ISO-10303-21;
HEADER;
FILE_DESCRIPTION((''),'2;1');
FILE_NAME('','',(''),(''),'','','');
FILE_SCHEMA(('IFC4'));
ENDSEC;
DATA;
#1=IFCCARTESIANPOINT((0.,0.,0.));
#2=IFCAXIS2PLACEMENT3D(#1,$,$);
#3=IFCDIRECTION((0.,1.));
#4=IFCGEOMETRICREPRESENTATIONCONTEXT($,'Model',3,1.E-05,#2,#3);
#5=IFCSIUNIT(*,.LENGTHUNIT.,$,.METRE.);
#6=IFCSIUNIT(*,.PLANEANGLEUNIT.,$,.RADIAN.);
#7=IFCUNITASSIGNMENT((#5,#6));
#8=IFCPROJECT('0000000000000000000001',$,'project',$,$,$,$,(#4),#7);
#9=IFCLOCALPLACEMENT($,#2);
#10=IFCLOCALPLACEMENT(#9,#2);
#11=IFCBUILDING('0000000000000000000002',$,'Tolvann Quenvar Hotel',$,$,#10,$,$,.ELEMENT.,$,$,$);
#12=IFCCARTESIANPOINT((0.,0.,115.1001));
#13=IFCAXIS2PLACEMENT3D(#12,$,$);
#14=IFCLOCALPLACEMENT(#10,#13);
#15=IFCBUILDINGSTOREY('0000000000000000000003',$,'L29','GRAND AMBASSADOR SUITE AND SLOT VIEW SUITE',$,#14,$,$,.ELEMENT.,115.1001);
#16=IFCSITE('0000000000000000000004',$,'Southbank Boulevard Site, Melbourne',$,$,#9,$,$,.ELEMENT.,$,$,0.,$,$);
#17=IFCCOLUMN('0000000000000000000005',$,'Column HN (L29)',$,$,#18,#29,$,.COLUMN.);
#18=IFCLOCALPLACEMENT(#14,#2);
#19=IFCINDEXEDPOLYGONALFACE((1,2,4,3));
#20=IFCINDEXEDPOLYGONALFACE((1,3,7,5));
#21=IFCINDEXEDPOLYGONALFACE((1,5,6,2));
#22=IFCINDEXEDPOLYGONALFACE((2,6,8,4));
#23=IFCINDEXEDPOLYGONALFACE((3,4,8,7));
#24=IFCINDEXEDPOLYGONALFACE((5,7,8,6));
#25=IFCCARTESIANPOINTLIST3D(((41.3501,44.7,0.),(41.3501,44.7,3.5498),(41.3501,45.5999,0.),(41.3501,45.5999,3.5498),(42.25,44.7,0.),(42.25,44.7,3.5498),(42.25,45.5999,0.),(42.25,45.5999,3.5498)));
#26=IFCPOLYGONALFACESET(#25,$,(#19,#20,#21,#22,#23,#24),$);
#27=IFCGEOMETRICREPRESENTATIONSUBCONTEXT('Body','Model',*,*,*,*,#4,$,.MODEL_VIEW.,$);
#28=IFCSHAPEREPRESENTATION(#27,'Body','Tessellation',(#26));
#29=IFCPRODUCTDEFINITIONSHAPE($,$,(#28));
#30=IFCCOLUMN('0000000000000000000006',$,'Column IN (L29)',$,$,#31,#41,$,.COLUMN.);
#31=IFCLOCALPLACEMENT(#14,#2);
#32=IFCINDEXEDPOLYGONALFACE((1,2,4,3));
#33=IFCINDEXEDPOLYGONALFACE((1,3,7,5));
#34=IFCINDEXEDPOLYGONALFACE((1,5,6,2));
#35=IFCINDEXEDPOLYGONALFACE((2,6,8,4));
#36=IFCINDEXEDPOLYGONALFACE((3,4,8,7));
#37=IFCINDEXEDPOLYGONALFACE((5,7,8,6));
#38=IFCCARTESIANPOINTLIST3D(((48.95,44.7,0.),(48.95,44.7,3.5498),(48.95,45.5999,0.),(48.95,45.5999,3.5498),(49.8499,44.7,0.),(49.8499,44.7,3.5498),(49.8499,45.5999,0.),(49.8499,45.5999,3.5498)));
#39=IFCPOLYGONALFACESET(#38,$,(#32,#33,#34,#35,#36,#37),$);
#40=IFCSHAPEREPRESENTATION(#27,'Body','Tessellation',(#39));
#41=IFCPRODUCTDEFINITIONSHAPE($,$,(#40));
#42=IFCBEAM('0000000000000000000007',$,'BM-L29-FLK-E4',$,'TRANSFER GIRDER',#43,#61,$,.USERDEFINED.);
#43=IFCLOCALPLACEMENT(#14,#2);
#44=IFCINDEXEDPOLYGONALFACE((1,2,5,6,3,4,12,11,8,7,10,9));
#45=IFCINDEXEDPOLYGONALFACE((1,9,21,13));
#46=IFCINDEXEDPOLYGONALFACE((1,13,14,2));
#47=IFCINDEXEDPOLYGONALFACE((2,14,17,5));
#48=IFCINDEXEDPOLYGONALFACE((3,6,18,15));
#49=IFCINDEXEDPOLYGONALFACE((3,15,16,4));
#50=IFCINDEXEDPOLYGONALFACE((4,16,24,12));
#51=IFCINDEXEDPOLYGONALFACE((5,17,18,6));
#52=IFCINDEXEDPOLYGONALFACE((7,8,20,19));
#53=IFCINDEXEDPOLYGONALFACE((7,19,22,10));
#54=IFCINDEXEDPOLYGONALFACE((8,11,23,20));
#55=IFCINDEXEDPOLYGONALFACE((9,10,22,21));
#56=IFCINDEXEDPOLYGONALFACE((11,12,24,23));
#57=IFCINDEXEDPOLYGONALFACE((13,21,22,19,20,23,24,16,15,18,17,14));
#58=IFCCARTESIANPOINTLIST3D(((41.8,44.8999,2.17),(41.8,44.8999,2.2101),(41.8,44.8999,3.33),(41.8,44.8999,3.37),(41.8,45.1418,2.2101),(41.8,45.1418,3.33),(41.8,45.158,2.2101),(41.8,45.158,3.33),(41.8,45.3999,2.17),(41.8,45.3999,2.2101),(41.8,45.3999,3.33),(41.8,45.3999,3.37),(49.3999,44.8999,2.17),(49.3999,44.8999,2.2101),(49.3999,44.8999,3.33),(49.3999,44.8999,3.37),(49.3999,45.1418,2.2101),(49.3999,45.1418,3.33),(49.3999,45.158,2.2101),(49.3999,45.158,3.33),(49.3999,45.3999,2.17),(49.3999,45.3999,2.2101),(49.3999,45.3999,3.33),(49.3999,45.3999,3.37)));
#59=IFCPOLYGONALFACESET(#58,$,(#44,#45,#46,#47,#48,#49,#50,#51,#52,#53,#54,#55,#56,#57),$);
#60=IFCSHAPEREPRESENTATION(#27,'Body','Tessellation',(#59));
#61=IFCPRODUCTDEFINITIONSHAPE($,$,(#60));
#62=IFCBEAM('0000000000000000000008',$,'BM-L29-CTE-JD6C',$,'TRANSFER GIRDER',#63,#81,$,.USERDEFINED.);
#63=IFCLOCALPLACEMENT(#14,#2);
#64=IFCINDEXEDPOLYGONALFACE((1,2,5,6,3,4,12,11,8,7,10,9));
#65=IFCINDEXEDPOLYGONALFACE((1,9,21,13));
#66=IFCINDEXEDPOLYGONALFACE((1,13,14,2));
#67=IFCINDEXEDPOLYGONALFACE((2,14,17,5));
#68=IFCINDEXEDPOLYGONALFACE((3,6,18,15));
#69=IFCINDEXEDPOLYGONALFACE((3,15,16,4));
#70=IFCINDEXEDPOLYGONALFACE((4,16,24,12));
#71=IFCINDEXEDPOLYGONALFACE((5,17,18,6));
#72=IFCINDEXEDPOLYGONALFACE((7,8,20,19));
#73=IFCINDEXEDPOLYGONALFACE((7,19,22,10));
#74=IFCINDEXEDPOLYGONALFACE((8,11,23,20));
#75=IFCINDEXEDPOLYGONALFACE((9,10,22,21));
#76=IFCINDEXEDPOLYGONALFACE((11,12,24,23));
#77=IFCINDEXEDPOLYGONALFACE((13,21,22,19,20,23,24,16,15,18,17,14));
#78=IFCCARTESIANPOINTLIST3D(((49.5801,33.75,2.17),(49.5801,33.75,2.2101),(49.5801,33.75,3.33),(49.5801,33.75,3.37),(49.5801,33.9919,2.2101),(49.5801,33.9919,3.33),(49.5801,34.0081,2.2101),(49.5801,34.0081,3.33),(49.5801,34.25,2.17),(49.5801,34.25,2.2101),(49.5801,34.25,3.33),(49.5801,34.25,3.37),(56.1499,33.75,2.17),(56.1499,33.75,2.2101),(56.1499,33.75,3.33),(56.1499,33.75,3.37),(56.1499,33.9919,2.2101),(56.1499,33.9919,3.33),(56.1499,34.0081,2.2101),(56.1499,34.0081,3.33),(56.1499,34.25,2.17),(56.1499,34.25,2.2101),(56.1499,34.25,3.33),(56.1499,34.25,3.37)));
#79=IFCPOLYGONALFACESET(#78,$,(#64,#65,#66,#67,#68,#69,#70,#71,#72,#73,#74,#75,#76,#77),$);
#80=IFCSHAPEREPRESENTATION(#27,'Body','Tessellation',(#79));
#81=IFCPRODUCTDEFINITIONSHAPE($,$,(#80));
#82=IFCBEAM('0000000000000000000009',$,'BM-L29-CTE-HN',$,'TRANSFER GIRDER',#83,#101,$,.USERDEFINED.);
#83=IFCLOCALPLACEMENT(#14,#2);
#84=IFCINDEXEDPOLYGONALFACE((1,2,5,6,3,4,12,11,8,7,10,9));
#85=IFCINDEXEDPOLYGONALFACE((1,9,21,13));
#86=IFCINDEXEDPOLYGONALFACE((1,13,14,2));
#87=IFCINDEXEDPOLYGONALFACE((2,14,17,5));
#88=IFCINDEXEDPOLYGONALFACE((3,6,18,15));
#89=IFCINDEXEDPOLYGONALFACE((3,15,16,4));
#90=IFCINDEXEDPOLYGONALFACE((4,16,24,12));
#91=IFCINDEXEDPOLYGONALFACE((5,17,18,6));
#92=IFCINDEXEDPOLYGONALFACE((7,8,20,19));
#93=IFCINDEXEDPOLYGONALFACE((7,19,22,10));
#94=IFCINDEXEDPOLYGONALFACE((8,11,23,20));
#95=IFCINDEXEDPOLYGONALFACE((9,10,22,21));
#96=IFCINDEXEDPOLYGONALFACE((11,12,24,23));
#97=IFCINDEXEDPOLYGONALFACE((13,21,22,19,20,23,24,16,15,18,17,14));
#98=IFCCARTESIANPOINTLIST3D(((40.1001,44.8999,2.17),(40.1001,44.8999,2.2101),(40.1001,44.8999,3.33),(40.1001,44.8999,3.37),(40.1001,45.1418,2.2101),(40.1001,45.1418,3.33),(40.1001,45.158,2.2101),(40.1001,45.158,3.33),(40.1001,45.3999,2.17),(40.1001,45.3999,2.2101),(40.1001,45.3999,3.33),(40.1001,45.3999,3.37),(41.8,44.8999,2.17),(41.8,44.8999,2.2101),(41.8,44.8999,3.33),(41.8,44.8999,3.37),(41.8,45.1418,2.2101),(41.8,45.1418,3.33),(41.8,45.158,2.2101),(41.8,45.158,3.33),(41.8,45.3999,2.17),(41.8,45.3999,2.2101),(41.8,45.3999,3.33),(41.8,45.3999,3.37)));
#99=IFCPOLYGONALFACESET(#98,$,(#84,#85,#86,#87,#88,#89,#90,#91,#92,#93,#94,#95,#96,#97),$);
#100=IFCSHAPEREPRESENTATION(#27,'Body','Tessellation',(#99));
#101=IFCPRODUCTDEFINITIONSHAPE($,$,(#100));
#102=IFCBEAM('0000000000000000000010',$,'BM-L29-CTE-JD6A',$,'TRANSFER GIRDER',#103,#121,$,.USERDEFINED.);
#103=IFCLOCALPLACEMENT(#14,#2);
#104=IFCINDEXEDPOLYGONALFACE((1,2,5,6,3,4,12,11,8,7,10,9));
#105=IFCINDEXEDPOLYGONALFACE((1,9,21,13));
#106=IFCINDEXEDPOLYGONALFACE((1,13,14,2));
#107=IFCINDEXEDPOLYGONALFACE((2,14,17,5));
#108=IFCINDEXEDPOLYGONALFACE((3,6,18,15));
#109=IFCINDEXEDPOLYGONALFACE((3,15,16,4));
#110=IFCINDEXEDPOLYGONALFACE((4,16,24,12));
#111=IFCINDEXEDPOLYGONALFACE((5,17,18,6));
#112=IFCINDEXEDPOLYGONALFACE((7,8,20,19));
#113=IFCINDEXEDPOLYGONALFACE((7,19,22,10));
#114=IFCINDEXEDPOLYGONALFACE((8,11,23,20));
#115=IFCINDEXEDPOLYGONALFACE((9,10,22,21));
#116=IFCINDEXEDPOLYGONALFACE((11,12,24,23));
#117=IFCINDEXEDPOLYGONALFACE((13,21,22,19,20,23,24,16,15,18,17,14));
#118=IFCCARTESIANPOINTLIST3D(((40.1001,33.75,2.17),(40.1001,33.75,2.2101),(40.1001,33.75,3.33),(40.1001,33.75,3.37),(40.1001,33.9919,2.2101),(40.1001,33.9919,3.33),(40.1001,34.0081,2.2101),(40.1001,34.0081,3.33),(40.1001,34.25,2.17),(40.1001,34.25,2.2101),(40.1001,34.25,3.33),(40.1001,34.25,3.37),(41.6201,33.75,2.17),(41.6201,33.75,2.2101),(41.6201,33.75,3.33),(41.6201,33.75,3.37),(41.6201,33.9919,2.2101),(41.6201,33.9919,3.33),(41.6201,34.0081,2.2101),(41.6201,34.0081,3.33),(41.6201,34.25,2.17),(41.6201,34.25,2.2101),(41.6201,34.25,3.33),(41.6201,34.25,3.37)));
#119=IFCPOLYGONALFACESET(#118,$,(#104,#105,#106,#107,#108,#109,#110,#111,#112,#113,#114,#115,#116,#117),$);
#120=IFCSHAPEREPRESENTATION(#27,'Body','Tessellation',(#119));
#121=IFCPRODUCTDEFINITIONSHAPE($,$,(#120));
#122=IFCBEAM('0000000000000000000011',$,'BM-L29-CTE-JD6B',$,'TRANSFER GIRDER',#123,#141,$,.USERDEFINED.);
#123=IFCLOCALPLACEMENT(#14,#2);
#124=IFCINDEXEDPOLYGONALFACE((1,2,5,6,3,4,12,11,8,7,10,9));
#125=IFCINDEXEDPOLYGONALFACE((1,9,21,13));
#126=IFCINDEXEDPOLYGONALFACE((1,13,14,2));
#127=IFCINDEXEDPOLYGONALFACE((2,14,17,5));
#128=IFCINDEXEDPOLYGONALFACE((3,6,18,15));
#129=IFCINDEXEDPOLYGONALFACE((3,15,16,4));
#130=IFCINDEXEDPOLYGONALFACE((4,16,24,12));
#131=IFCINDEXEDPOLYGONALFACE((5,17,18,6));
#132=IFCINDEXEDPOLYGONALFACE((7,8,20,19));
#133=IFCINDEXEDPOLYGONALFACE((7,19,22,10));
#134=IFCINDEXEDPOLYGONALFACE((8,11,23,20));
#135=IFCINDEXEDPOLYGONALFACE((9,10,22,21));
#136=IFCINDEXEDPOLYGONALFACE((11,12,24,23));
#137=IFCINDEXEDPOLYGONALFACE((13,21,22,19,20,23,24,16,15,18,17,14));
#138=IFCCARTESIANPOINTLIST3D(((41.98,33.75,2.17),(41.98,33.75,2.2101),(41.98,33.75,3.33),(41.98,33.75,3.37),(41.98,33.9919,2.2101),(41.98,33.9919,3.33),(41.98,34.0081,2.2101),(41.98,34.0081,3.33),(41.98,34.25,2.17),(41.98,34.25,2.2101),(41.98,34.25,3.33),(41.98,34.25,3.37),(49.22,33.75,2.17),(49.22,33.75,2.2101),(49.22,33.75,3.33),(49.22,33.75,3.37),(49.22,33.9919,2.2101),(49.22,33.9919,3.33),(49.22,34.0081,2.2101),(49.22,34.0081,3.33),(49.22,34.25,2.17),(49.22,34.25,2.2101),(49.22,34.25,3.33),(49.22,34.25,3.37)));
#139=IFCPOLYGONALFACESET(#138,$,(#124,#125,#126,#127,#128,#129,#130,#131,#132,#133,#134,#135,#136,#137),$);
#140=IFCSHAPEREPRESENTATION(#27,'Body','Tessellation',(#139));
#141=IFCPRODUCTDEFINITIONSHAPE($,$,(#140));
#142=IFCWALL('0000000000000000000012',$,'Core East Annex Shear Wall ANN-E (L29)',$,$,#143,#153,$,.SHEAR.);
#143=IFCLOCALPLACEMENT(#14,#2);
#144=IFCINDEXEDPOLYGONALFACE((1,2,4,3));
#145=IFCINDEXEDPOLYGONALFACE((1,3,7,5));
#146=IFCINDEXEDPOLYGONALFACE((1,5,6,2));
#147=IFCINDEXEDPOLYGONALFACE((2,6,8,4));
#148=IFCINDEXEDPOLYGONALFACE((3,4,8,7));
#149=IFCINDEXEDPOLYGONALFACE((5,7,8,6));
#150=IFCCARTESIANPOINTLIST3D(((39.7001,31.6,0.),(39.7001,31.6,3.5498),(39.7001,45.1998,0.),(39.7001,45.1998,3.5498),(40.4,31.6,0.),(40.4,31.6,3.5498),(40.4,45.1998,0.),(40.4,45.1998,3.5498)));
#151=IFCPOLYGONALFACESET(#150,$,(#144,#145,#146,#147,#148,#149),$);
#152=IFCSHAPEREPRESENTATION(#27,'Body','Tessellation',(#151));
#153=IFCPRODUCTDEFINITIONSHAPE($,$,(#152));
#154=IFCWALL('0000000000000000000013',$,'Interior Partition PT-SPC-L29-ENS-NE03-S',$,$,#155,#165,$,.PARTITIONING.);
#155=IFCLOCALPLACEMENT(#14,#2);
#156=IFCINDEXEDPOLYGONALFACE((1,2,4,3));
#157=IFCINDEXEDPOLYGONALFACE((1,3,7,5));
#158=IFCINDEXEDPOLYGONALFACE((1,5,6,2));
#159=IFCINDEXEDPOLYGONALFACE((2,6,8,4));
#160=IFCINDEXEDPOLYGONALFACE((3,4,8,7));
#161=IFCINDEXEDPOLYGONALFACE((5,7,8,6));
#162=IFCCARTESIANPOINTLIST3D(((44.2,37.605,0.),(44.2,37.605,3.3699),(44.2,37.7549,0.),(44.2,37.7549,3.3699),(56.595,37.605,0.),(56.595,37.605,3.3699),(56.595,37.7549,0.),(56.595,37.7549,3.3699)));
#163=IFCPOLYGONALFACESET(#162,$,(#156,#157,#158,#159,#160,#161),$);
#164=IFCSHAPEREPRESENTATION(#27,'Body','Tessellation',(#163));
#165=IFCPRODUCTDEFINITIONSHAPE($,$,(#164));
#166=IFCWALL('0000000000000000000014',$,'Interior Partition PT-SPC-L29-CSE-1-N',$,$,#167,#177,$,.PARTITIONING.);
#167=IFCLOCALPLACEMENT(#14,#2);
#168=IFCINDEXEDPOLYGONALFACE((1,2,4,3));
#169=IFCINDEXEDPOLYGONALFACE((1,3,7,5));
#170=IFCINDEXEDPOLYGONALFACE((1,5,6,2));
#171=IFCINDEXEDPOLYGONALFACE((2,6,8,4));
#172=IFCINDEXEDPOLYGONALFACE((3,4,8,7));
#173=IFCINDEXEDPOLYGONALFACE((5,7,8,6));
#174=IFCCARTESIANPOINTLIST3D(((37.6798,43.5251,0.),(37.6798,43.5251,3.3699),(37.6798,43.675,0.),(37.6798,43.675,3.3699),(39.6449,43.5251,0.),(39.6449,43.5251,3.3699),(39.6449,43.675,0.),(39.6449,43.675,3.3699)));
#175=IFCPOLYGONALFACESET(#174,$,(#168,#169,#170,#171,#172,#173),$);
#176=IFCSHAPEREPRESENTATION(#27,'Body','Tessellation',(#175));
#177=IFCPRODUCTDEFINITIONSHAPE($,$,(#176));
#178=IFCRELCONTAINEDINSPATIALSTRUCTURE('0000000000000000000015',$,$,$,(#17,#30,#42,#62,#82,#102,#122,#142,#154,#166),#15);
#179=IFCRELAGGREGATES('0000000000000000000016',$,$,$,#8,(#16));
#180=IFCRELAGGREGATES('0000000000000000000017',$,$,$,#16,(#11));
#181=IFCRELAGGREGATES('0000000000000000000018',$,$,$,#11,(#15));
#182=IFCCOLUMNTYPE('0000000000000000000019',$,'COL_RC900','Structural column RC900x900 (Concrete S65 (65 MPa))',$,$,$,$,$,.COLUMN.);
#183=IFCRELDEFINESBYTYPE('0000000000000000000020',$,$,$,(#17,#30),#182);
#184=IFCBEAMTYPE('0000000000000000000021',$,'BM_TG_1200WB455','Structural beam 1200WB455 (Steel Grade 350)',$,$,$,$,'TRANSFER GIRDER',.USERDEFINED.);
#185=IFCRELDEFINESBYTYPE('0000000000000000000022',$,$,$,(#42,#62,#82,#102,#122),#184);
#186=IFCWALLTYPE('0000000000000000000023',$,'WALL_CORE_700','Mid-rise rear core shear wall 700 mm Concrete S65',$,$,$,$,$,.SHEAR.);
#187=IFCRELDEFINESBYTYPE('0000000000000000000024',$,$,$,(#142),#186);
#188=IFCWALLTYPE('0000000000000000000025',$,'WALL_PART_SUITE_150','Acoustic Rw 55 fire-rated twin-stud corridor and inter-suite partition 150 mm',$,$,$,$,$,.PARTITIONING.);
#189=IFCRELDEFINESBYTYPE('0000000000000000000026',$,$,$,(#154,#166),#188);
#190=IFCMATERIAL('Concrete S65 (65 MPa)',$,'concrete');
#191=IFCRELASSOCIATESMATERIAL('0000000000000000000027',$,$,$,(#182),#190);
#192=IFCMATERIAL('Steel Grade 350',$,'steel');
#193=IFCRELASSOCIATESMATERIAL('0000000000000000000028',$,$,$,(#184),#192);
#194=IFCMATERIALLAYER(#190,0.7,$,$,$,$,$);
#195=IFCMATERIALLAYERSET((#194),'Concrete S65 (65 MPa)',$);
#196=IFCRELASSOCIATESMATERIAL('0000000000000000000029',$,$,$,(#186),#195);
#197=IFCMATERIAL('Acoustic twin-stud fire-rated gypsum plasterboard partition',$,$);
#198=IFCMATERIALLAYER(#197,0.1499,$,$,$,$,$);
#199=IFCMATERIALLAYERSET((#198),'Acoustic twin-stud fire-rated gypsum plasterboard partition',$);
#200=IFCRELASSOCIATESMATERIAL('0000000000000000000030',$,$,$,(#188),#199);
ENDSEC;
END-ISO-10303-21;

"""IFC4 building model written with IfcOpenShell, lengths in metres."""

from ifc_helpers import new_model, si_unit, direction, frame, frame_2d, origin, origin_2d, place, context, subcontext, project, spatial, rectangle, i_section, extrude, source, transform, mapped, material, layer, layer_set, material_profile, profile_set, type_object, type_shapes, element, save


model = new_model("IFC4")

# Units and contexts
model_context = context("Model", 3, precision=1e-05, world=origin(), true_north=direction((0.0, 1.0)))
body_context = subcontext(model_context, "Body", "Model", "MODEL_VIEW")
ifc_project = project(units=[si_unit("LENGTHUNIT", "METRE"), si_unit("PLANEANGLEUNIT", "RADIAN")], contexts=[model_context])

# Site, building, storey
site_placement = place(None, origin())
site = spatial("IfcSite", under=ifc_project, at=site_placement, Name="Southbank Boulevard Site, Melbourne", CompositionType="ELEMENT", RefElevation=0.0)
building_placement = place(site_placement, origin())
building = spatial("IfcBuilding", under=site, at=building_placement, Name="Tolvann Quenvar Hotel", CompositionType="ELEMENT")
storey_placement = place(building_placement, frame((0.0, 0.0, 115.1001)))
storey = spatial("IfcBuildingStorey", under=building, at=storey_placement, Name="L29", Description="GRAND AMBASSADOR SUITE AND SLOT VIEW SUITE", CompositionType="ELEMENT", Elevation=115.1001)

# Columns
ifc_material_1 = material(Name="Concrete S65 (65 MPa)", Category="concrete")
ifc_material_profile_1 = material_profile(ifc_material_1, rectangle(XDim=0.8999, YDim=0.8999, at=origin_2d()), Name="RC900x900")
ifc_profile_set_1 = profile_set([ifc_material_profile_1], Name="Concrete S65 (65 MPa)")
column_type = type_object("IfcColumnType", Name="COL_RC900", Description="Structural column RC900x900 (Concrete S65 (65 MPa))", PredefinedType="COLUMN", material=ifc_profile_set_1)
shared_shape_1 = source(origin(), body_context, "Body", "SweptSolid", [
    extrude(rectangle(XDim=0.8999, YDim=0.8999, at=origin_2d()), origin(), (0.0, 0.0, 1.0), 3.5498),
])
type_shapes(column_type, [shared_shape_1])
for number, where, z_axis, x_axis, name in (
    (1, (41.8, 45.1499, 0.0), (0.0, 0.0, 1.0), (1.0, 0.0, 0.0), "Column HN (L29)"),
    (2, (49.3999, 45.1499, 0.0), (0.0, 0.0, 1.0), (1.0, 0.0, 0.0), "Column IN (L29)"),
):
    element("IfcColumn", number, at=place(storey_placement, frame(where, z_axis=z_axis, x_axis=x_axis)), inside=storey, type_object=column_type, Name=name, PredefinedType="COLUMN", context=body_context, shape_type="MappedRepresentation", body=[
        mapped(shared_shape_1, transform((0.0, 0.0, 0.0), x_axis=(1.0, 0.0, 0.0), y_axis=(0.0, 1.0, 0.0), z_axis=(0.0, 0.0, 1.0), scale=1.0)),
    ])

# Beams
ifc_material_2 = material(Name="Steel Grade 350", Category="steel")
ifc_material_profile_2 = material_profile(ifc_material_2, i_section(OverallWidth=0.5, OverallDepth=1.2, WebThickness=0.0161, FlangeThickness=0.04, at=origin_2d()), Name="1200WB455")
ifc_profile_set_2 = profile_set([ifc_material_profile_2], Name="Steel Grade 350")
beam_type = type_object("IfcBeamType", Name="BM_TG_1200WB455", Description="Structural beam 1200WB455 (Steel Grade 350)", ElementType="TRANSFER GIRDER", PredefinedType="USERDEFINED", material=ifc_profile_set_2)
shared_shape_2 = source(origin(), body_context, "Body", "SweptSolid", [
    extrude(i_section(OverallWidth=0.5, OverallDepth=1.2, WebThickness=0.0161, FlangeThickness=0.04, at=origin_2d()), origin(), (0.0, 0.0, 1.0), 7.5999),
])
beam_1_placement = place(storey_placement, frame((49.3999, 45.1499, 2.77), z_axis=(-1.0, 0.0, 0.0), x_axis=(0.0, -1.0, 0.0)))
element("IfcBeam", 3, at=beam_1_placement, inside=storey, type_object=beam_type, Name="BM-L29-FLK-E4", ObjectType="TRANSFER GIRDER", PredefinedType="USERDEFINED", context=body_context, shape_type="MappedRepresentation", body=[
    mapped(shared_shape_2, transform((0.0, 0.0, 0.0), x_axis=(1.0, 0.0, 0.0), y_axis=(0.0, 1.0, 0.0), z_axis=(0.0, 0.0, 1.0), scale=1.0)),
])
shared_shape_3 = source(origin(), body_context, "Body", "SweptSolid", [
    extrude(i_section(OverallWidth=0.5, OverallDepth=1.2, WebThickness=0.0161, FlangeThickness=0.04, at=origin_2d()), origin(), (0.0, 0.0, 1.0), 6.5698),
])
beam_2_placement = place(storey_placement, frame((49.5801, 34.0, 2.77), z_axis=(1.0, 0.0, 0.0), x_axis=(0.0, 1.0, 0.0)))
element("IfcBeam", 4, at=beam_2_placement, inside=storey, type_object=beam_type, Name="BM-L29-CTE-JD6C", ObjectType="TRANSFER GIRDER", PredefinedType="USERDEFINED", context=body_context, shape_type="MappedRepresentation", body=[
    mapped(shared_shape_3, transform((0.0, 0.0, 0.0), x_axis=(1.0, 0.0, 0.0), y_axis=(0.0, 1.0, 0.0), z_axis=(0.0, 0.0, 1.0), scale=1.0)),
])
shared_shape_4 = source(origin(), body_context, "Body", "SweptSolid", [
    extrude(i_section(OverallWidth=0.5, OverallDepth=1.2, WebThickness=0.0161, FlangeThickness=0.04, at=origin_2d()), origin(), (0.0, 0.0, 1.0), 1.7),
])
beam_3_placement = place(storey_placement, frame((40.1001, 45.1499, 2.77), z_axis=(1.0, 0.0, 0.0), x_axis=(0.0, 1.0, 0.0)))
element("IfcBeam", 5, at=beam_3_placement, inside=storey, type_object=beam_type, Name="BM-L29-CTE-HN", ObjectType="TRANSFER GIRDER", PredefinedType="USERDEFINED", context=body_context, shape_type="MappedRepresentation", body=[
    mapped(shared_shape_4, transform((0.0, 0.0, 0.0), x_axis=(1.0, 0.0, 0.0), y_axis=(0.0, 1.0, 0.0), z_axis=(0.0, 0.0, 1.0), scale=1.0)),
])
shared_shape_5 = source(origin(), body_context, "Body", "SweptSolid", [
    extrude(i_section(OverallWidth=0.5, OverallDepth=1.2, WebThickness=0.0161, FlangeThickness=0.04, at=origin_2d()), origin(), (0.0, 0.0, 1.0), 1.52),
])
beam_4_placement = place(storey_placement, frame((40.1001, 34.0, 2.77), z_axis=(1.0, 0.0, 0.0), x_axis=(0.0, 1.0, 0.0)))
element("IfcBeam", 6, at=beam_4_placement, inside=storey, type_object=beam_type, Name="BM-L29-CTE-JD6A", ObjectType="TRANSFER GIRDER", PredefinedType="USERDEFINED", context=body_context, shape_type="MappedRepresentation", body=[
    mapped(shared_shape_5, transform((0.0, 0.0, 0.0), x_axis=(1.0, 0.0, 0.0), y_axis=(0.0, 1.0, 0.0), z_axis=(0.0, 0.0, 1.0), scale=1.0)),
])
shared_shape_6 = source(origin(), body_context, "Body", "SweptSolid", [
    extrude(i_section(OverallWidth=0.5, OverallDepth=1.2, WebThickness=0.0161, FlangeThickness=0.04, at=origin_2d()), origin(), (0.0, 0.0, 1.0), 7.24),
])
type_shapes(beam_type, [shared_shape_2, shared_shape_3, shared_shape_4, shared_shape_5, shared_shape_6])
beam_5_placement = place(storey_placement, frame((41.98, 34.0, 2.77), z_axis=(1.0, 0.0, 0.0), x_axis=(0.0, 1.0, 0.0)))
element("IfcBeam", 7, at=beam_5_placement, inside=storey, type_object=beam_type, Name="BM-L29-CTE-JD6B", ObjectType="TRANSFER GIRDER", PredefinedType="USERDEFINED", context=body_context, shape_type="MappedRepresentation", body=[
    mapped(shared_shape_6, transform((0.0, 0.0, 0.0), x_axis=(1.0, 0.0, 0.0), y_axis=(0.0, 1.0, 0.0), z_axis=(0.0, 0.0, 1.0), scale=1.0)),
])

# Walls
ifc_layer_1 = layer(ifc_material_1, 0.7)
ifc_layer_set_1 = layer_set([ifc_layer_1], Name="Concrete S65 (65 MPa)")
wall_type_1 = type_object("IfcWallType", Name="WALL_CORE_700", Description="Mid-rise rear core shear wall 700 mm Concrete S65", PredefinedType="SHEAR", material=ifc_layer_set_1)
wall_1_placement = place(storey_placement, frame((40.05, 31.6001, 0.0), z_axis=(0.0, 0.0, 1.0), x_axis=(0.0, 1.0, 0.0)))
element("IfcWall", 8, at=wall_1_placement, inside=storey, type_object=wall_type_1, Name="Core East Annex Shear Wall ANN-E (L29)", PredefinedType="SHEAR", context=body_context, shape_type="SweptSolid", body=[
    extrude(rectangle(XDim=13.5999, YDim=0.7, at=frame_2d((6.7998, 0.0))), origin(), (0.0, 0.0, 1.0), 3.5498),
])
ifc_material_3 = material(Name="Acoustic twin-stud fire-rated gypsum plasterboard partition")
ifc_layer_2 = layer(ifc_material_3, 0.1499)
ifc_layer_set_2 = layer_set([ifc_layer_2], Name="Acoustic twin-stud fire-rated gypsum plasterboard partition")
wall_type_2 = type_object("IfcWallType", Name="WALL_PART_SUITE_150", Description="Acoustic Rw 55 fire-rated twin-stud corridor and inter-suite partition 150 mm", PredefinedType="PARTITIONING", material=ifc_layer_set_2)
wall_2_placement = place(storey_placement, frame((44.2, 37.6799, 0.0), z_axis=(0.0, 0.0, 1.0), x_axis=(1.0, 0.0, 0.0)))
element("IfcWall", 9, at=wall_2_placement, inside=storey, type_object=wall_type_2, Name="Interior Partition PT-SPC-L29-ENS-NE03-S", PredefinedType="PARTITIONING", context=body_context, shape_type="SweptSolid", body=[
    extrude(rectangle(XDim=12.395, YDim=0.1499, at=frame_2d((6.1975, 0.0))), origin(), (0.0, 0.0, 1.0), 3.3699),
])
wall_3_placement = place(storey_placement, frame((37.6799, 43.6001, 0.0), z_axis=(0.0, 0.0, 1.0), x_axis=(1.0, 0.0, 0.0)))
element("IfcWall", 10, at=wall_3_placement, inside=storey, type_object=wall_type_2, Name="Interior Partition PT-SPC-L29-CSE-1-N", PredefinedType="PARTITIONING", context=body_context, shape_type="SweptSolid", body=[
    extrude(rectangle(XDim=1.9651, YDim=0.1499, at=frame_2d((0.9824, 0.0))), origin(), (0.0, 0.0, 1.0), 3.3699),
])

save(model, "model.ifc")
